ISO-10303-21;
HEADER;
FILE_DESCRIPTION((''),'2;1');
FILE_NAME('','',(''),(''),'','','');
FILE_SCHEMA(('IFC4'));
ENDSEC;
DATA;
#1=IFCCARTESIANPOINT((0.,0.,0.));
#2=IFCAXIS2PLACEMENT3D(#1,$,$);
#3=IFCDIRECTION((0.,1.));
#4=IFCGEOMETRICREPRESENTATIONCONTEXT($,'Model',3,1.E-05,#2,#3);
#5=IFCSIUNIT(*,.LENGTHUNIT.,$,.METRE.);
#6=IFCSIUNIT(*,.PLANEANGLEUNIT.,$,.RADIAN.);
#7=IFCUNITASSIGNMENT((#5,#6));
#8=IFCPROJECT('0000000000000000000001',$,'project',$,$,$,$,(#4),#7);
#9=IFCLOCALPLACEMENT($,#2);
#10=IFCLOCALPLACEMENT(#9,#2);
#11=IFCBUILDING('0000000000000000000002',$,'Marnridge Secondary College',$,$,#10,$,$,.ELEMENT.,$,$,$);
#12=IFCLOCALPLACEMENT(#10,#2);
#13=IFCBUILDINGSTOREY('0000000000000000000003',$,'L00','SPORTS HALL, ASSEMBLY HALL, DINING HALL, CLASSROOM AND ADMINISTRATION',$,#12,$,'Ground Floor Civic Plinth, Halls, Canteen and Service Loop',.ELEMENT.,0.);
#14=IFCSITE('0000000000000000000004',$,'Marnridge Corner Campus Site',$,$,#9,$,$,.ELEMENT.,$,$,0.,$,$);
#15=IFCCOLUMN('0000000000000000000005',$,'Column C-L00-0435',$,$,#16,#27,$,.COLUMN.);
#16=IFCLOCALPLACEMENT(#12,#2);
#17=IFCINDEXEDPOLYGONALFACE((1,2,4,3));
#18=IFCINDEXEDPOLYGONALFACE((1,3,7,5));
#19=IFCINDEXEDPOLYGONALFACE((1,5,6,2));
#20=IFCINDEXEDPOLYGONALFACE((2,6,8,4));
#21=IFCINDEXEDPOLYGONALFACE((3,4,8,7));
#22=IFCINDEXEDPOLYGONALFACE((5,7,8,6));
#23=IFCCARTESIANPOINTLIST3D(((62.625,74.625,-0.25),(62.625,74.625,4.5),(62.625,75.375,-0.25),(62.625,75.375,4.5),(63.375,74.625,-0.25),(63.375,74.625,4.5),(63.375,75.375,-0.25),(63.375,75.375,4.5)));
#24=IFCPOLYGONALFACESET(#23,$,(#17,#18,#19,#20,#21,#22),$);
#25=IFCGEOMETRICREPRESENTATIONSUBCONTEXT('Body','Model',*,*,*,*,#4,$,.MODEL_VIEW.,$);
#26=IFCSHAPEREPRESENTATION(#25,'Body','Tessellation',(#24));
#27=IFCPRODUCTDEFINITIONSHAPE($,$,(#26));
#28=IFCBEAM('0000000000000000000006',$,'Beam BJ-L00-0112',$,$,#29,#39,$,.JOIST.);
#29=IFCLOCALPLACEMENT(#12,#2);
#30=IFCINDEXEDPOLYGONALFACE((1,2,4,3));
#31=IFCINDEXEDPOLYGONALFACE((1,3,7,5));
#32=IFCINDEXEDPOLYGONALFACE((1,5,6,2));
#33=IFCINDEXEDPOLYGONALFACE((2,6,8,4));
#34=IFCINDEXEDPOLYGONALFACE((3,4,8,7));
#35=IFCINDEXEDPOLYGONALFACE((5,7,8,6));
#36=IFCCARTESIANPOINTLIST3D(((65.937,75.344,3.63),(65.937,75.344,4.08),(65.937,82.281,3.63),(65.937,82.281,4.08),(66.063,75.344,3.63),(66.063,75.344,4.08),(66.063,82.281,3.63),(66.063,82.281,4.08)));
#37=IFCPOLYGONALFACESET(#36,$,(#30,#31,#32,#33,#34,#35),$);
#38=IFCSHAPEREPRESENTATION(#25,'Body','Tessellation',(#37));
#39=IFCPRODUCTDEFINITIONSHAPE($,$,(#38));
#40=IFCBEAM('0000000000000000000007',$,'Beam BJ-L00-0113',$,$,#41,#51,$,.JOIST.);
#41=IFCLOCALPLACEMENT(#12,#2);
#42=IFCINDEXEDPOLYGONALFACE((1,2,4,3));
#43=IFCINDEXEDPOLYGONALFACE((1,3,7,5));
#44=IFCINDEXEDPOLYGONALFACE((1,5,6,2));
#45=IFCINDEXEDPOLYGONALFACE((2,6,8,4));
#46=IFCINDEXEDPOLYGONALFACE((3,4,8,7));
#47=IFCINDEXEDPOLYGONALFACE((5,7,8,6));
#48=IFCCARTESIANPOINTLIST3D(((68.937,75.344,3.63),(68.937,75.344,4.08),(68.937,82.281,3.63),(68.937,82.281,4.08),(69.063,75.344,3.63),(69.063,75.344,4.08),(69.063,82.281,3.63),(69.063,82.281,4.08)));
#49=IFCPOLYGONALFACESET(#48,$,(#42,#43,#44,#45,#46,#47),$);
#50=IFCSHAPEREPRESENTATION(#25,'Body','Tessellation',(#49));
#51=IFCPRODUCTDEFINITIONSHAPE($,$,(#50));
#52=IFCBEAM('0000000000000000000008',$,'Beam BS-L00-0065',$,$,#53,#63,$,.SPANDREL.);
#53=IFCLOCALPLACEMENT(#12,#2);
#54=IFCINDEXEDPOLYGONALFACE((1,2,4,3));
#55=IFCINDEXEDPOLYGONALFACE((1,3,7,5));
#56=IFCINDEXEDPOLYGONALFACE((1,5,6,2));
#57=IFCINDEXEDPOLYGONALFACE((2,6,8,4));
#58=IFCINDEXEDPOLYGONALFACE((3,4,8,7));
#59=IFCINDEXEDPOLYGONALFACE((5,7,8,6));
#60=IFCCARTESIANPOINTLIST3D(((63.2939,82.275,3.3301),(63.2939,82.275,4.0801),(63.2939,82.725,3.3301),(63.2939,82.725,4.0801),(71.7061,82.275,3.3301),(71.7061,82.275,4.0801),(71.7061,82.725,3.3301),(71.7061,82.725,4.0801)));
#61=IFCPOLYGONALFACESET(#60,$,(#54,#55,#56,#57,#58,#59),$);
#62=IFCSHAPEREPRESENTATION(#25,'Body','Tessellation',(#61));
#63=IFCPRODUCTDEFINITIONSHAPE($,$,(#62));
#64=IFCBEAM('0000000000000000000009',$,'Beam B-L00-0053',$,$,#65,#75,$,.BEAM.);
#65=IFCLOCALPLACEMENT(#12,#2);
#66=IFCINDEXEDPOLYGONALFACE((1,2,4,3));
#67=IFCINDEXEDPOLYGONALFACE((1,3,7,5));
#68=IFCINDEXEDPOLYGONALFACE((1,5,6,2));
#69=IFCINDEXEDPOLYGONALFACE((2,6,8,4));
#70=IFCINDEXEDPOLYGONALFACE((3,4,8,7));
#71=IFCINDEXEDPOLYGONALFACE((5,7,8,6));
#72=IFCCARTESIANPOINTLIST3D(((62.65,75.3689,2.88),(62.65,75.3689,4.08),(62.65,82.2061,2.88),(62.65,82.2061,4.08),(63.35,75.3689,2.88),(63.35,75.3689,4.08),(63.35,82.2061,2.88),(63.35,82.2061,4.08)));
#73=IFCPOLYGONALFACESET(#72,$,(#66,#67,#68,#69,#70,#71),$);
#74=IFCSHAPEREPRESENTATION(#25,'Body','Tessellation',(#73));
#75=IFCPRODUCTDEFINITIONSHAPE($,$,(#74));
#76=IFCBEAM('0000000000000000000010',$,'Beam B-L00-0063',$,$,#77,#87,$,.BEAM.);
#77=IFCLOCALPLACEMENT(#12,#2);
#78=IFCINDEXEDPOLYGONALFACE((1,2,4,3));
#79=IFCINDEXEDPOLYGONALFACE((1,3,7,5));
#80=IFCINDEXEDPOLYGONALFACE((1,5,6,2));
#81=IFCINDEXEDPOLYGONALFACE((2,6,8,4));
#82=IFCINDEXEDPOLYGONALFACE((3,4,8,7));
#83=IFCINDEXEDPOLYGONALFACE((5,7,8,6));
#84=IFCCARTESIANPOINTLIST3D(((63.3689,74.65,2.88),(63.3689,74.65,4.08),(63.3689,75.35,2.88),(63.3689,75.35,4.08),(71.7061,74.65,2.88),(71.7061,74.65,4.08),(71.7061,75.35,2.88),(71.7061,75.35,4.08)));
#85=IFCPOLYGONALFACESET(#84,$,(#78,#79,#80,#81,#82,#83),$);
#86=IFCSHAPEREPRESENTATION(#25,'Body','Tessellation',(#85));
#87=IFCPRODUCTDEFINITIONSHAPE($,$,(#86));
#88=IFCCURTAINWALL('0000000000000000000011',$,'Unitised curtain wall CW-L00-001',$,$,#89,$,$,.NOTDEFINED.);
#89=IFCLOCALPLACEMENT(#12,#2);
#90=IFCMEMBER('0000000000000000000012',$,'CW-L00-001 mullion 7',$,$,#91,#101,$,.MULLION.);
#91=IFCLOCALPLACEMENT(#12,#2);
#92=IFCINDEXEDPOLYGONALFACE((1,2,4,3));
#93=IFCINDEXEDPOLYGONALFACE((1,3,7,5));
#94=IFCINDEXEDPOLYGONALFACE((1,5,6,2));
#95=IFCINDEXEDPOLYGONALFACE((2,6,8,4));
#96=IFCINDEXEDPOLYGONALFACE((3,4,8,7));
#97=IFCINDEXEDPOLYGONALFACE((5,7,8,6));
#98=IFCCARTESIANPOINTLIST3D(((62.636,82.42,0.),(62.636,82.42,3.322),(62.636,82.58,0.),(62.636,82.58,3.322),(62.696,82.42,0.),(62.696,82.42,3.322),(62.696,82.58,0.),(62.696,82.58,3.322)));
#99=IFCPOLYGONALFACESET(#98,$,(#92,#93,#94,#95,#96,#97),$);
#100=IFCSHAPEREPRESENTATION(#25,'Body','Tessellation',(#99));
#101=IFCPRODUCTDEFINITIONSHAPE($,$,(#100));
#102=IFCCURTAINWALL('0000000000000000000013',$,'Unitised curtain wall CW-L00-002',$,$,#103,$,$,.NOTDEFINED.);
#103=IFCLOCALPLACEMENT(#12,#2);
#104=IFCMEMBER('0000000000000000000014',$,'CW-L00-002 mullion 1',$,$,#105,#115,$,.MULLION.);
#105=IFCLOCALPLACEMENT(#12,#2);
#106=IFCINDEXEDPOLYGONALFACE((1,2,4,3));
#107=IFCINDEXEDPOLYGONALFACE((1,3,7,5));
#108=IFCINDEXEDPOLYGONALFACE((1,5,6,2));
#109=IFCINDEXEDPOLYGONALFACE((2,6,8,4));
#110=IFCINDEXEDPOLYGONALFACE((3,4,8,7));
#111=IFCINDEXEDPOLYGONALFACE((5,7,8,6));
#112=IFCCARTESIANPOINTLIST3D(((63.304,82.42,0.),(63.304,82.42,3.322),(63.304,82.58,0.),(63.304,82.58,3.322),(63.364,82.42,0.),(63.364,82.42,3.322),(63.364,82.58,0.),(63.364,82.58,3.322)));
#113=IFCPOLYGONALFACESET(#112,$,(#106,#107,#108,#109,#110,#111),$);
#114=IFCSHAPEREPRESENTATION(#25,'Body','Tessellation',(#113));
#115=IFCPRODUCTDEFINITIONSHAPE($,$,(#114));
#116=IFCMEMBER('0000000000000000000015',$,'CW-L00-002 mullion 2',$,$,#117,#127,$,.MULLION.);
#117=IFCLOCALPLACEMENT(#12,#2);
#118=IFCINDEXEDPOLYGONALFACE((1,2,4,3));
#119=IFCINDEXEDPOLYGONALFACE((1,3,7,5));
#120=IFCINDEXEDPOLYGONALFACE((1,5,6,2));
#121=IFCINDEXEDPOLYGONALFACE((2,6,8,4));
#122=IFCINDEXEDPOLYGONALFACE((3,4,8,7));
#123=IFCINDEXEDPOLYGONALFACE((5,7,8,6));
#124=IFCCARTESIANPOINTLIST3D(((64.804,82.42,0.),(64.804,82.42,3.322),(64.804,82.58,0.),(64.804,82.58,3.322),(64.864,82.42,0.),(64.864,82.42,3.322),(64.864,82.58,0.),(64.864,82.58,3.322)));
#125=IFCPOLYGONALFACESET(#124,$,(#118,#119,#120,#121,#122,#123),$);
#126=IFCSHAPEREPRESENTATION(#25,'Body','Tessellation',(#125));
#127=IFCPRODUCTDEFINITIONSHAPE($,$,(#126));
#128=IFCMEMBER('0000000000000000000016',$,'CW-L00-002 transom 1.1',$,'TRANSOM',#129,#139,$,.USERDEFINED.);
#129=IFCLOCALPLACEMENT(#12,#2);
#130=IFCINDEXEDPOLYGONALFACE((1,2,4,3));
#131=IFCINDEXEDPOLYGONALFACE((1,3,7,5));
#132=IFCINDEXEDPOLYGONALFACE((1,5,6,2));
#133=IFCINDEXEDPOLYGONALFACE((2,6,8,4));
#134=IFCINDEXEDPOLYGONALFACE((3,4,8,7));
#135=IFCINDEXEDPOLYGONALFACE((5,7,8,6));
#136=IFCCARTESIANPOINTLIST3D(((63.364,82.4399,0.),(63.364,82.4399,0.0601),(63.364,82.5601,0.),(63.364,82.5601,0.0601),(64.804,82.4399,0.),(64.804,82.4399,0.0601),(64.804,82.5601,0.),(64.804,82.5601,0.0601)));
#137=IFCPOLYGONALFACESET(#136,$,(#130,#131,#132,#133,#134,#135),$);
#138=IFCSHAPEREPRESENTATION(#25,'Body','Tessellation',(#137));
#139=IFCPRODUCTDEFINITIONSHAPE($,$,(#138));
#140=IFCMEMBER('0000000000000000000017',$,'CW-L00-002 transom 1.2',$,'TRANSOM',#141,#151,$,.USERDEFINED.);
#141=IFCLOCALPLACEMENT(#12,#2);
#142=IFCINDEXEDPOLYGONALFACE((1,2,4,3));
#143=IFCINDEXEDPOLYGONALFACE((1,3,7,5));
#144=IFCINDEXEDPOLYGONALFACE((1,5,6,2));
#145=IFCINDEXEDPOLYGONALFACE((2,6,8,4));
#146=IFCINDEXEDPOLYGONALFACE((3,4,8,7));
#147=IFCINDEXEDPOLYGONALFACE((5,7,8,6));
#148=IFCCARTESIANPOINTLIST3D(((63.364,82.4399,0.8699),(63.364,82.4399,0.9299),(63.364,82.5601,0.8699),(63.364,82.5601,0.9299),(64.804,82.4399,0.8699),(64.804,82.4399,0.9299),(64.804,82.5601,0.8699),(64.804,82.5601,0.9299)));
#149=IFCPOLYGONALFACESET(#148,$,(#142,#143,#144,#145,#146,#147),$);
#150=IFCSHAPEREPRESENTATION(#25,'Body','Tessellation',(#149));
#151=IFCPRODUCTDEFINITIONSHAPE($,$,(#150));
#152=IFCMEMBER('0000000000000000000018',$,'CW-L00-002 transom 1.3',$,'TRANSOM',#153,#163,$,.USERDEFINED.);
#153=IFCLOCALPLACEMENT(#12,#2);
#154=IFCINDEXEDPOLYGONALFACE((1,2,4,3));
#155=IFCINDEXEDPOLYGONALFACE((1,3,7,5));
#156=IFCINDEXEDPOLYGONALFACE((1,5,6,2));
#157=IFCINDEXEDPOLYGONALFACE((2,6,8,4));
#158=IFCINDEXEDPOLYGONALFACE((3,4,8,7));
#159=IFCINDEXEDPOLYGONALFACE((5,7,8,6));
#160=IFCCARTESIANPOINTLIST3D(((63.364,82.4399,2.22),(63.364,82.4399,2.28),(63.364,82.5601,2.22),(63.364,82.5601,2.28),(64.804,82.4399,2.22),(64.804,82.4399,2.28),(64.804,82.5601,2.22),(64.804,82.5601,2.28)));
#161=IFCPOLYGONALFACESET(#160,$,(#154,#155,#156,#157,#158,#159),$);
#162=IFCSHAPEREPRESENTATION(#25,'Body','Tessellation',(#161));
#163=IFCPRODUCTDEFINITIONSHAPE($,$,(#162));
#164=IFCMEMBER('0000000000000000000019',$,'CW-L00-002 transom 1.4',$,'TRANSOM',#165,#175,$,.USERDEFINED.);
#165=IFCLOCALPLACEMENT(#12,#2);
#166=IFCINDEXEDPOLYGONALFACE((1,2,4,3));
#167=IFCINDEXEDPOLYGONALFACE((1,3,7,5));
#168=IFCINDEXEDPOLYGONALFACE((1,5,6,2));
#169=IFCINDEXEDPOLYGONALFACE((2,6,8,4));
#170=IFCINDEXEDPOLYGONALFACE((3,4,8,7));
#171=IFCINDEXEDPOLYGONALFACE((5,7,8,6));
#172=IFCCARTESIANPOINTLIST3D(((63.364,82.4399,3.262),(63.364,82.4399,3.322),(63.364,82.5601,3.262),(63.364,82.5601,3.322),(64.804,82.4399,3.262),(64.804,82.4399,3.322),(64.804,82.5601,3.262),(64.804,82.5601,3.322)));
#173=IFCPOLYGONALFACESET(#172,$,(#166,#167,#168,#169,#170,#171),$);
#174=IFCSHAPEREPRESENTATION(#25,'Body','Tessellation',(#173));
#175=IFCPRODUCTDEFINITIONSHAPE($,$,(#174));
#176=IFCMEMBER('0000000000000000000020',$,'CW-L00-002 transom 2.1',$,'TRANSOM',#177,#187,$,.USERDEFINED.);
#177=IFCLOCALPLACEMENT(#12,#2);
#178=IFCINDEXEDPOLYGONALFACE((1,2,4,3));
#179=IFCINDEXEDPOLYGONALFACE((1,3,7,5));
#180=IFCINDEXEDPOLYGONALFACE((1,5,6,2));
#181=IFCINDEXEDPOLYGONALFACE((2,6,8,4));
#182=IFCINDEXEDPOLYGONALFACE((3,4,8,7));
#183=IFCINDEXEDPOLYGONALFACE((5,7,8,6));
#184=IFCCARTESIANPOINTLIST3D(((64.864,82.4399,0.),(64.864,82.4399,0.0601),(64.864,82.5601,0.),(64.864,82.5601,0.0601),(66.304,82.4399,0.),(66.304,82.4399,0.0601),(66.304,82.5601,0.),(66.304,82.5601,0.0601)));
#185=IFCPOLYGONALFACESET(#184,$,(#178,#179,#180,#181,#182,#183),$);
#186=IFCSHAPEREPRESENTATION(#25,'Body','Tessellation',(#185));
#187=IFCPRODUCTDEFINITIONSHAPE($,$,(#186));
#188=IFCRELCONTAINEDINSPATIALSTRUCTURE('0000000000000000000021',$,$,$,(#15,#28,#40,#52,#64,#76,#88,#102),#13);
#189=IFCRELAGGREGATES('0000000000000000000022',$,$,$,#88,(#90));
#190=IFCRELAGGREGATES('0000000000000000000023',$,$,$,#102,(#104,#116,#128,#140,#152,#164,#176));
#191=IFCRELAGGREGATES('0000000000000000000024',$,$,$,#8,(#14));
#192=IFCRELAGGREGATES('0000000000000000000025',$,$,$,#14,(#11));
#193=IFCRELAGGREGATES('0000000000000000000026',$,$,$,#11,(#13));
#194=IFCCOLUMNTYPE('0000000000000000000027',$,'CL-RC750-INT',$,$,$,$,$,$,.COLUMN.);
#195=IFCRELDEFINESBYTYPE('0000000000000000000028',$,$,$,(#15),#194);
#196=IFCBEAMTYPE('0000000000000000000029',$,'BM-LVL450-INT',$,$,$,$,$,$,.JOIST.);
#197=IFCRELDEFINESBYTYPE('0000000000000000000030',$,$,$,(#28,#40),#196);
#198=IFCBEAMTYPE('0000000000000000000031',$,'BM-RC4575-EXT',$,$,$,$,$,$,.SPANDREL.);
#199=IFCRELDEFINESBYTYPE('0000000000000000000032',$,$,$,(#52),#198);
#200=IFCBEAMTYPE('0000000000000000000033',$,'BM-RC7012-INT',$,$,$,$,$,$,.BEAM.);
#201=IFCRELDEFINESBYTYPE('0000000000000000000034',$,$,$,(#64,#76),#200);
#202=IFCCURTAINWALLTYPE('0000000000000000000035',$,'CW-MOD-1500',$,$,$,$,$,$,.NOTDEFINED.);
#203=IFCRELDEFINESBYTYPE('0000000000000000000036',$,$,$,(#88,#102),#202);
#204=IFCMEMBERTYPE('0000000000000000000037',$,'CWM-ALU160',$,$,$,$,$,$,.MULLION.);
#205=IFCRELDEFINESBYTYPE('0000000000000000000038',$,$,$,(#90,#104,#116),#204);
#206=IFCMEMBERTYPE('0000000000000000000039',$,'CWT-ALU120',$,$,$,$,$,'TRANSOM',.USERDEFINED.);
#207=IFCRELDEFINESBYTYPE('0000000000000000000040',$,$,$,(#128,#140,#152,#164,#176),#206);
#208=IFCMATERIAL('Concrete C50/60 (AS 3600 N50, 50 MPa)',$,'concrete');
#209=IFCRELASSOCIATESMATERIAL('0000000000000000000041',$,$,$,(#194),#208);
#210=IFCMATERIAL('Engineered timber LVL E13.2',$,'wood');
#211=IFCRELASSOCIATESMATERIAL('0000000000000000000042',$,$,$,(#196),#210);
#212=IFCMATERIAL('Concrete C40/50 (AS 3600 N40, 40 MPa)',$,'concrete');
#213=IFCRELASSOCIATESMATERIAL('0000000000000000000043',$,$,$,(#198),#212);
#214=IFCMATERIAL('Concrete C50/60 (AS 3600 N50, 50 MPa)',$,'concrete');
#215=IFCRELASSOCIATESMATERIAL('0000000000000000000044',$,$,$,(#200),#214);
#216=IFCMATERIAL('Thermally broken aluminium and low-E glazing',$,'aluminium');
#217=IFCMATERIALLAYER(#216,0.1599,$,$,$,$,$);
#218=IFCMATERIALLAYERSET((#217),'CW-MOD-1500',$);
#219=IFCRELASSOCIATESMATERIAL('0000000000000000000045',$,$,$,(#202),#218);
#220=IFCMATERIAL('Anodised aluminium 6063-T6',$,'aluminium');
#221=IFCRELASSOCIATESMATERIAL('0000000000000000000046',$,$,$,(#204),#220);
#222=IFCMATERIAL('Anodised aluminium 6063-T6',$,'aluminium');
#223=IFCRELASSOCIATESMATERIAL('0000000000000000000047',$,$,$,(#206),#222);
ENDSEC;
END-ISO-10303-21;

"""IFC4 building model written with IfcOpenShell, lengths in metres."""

from ifc_helpers import new_model, si_unit, direction, frame, origin, origin_2d, place, context, subcontext, project, spatial, rectangle, extrude, material, layer, layer_set, material_profile, profile_set, type_object, element, aggregate, save


model = new_model("IFC4")

# Units and contexts
model_context = context("Model", 3, precision=1e-05, world=origin(), true_north=direction((0.0, 1.0)))
body_context = subcontext(model_context, "Body", "Model", "MODEL_VIEW")
ifc_project = project(units=[si_unit("LENGTHUNIT", "METRE"), si_unit("PLANEANGLEUNIT", "RADIAN")], contexts=[model_context])

# Site, building, storey
site_placement = place(None, origin())
site = spatial("IfcSite", under=ifc_project, at=site_placement, Name="Marnridge Corner Campus Site", CompositionType="ELEMENT", RefElevation=0.0)
building_placement = place(site_placement, origin())
building = spatial("IfcBuilding", under=site, at=building_placement, Name="Marnridge Secondary College", CompositionType="ELEMENT")
storey_placement = place(building_placement, origin())
storey = spatial("IfcBuildingStorey", under=building, at=storey_placement, Name="L00", Description="SPORTS HALL, ASSEMBLY HALL, DINING HALL, CLASSROOM AND ADMINISTRATION", LongName="Ground Floor Civic Plinth, Halls, Canteen and Service Loop", CompositionType="ELEMENT", Elevation=0.0)

# Column
ifc_material_1 = material(Name="Concrete C50/60 (AS 3600 N50, 50 MPa)", Category="concrete")
ifc_material_profile_1 = material_profile(ifc_material_1, rectangle(XDim=0.75, YDim=0.75, at=origin_2d()), Name="RC 750x750")
ifc_profile_set_1 = profile_set([ifc_material_profile_1], Name="Concrete C50/60 (AS 3600 N50, 50 MPa)")
column_type_1 = type_object("IfcColumnType", Name="CL-RC750-INT", PredefinedType="COLUMN", material=ifc_profile_set_1)
column_1_placement = place(storey_placement, frame((63.0, 75.0, -0.25), z_axis=(0.0, 0.0, 1.0), x_axis=(1.0, 0.0, 0.0)))
element("IfcColumn", 1, at=column_1_placement, inside=storey, type_object=column_type_1, Name="Column C-L00-0435", PredefinedType="COLUMN", context=body_context, shape_type="SweptSolid", body=[
    extrude(rectangle(XDim=0.75, YDim=0.75, at=origin_2d()), origin(), (0.0, 0.0, 1.0), 4.75),
])

# Beams
ifc_material_2 = material(Name="Engineered timber LVL E13.2", Category="wood")
ifc_material_profile_2 = material_profile(ifc_material_2, rectangle(XDim=0.126, YDim=0.45, at=origin_2d()), Name="LVL 126x450")
ifc_profile_set_2 = profile_set([ifc_material_profile_2], Name="Engineered timber LVL E13.2")
beam_type_1 = type_object("IfcBeamType", Name="BM-LVL450-INT", PredefinedType="JOIST", material=ifc_profile_set_2)
for number, where, z_axis, x_axis, name in (
    (2, (66.0, 75.344, 3.855), (0.0, 1.0, 0.0), (-1.0, 0.0, 0.0), "Beam BJ-L00-0112"),
    (3, (69.0, 75.344, 3.855), (0.0, 1.0, 0.0), (-1.0, 0.0, 0.0), "Beam BJ-L00-0113"),
):
    element("IfcBeam", number, at=place(storey_placement, frame(where, z_axis=z_axis, x_axis=x_axis)), inside=storey, type_object=beam_type_1, Name=name, PredefinedType="JOIST", context=body_context, shape_type="SweptSolid", body=[
        extrude(rectangle(XDim=0.126, YDim=0.45, at=origin_2d()), origin(), (0.0, 0.0, 1.0), 6.937),
    ])
ifc_material_3 = material(Name="Concrete C40/50 (AS 3600 N40, 40 MPa)", Category="concrete")
ifc_material_profile_3 = material_profile(ifc_material_3, rectangle(XDim=0.45, YDim=0.75, at=origin_2d()), Name="RC 450x750")
ifc_profile_set_3 = profile_set([ifc_material_profile_3], Name="Concrete C40/50 (AS 3600 N40, 40 MPa)")
beam_type_2 = type_object("IfcBeamType", Name="BM-RC4575-EXT", PredefinedType="SPANDREL", material=ifc_profile_set_3)
beam_1_placement = place(storey_placement, frame((63.2939, 82.5, 3.7051), z_axis=(1.0, 0.0, 0.0), x_axis=(0.0, 1.0, 0.0)))
element("IfcBeam", 4, at=beam_1_placement, inside=storey, type_object=beam_type_2, Name="Beam BS-L00-0065", PredefinedType="SPANDREL", context=body_context, shape_type="SweptSolid", body=[
    extrude(rectangle(XDim=0.45, YDim=0.75, at=origin_2d()), origin(), (0.0, 0.0, 1.0), 8.4121),
])
ifc_material_4 = material(Name="Concrete C50/60 (AS 3600 N50, 50 MPa)", Category="concrete")
ifc_material_profile_4 = material_profile(ifc_material_4, rectangle(XDim=0.7, YDim=1.2, at=origin_2d()), Name="RC 700x1200")
ifc_profile_set_4 = profile_set([ifc_material_profile_4], Name="Concrete C50/60 (AS 3600 N50, 50 MPa)")
beam_type_3 = type_object("IfcBeamType", Name="BM-RC7012-INT", PredefinedType="BEAM", material=ifc_profile_set_4)
beam_2_placement = place(storey_placement, frame((63.0, 75.3689, 3.48), z_axis=(0.0, 1.0, 0.0), x_axis=(-1.0, 0.0, 0.0)))
element("IfcBeam", 5, at=beam_2_placement, inside=storey, type_object=beam_type_3, Name="Beam B-L00-0053", PredefinedType="BEAM", context=body_context, shape_type="SweptSolid", body=[
    extrude(rectangle(XDim=0.7, YDim=1.2, at=origin_2d()), origin(), (0.0, 0.0, 1.0), 6.8372),
])
beam_3_placement = place(storey_placement, frame((63.3689, 75.0, 3.48), z_axis=(1.0, 0.0, 0.0), x_axis=(0.0, 1.0, 0.0)))
element("IfcBeam", 6, at=beam_3_placement, inside=storey, type_object=beam_type_3, Name="Beam B-L00-0063", PredefinedType="BEAM", context=body_context, shape_type="SweptSolid", body=[
    extrude(rectangle(XDim=0.7, YDim=1.2, at=origin_2d()), origin(), (0.0, 0.0, 1.0), 8.3372),
])

# Curtain wall, member
ifc_material_5 = material(Name="Thermally broken aluminium and low-E glazing", Category="aluminium")
ifc_layer_1 = layer(ifc_material_5, 0.1599)
ifc_layer_set_1 = layer_set([ifc_layer_1], Name="CW-MOD-1500")
curtain_wall_type = type_object("IfcCurtainWallType", Name="CW-MOD-1500", PredefinedType="NOTDEFINED", material=ifc_layer_set_1)
curtain_wall_1_placement = place(storey_placement, origin())
curtain_wall_1 = element("IfcCurtainWall", 7, at=curtain_wall_1_placement, inside=storey, type_object=curtain_wall_type, Name="Unitised curtain wall CW-L00-001", PredefinedType="NOTDEFINED")
ifc_material_6 = material(Name="Anodised aluminium 6063-T6", Category="aluminium")
ifc_material_profile_5 = material_profile(ifc_material_6, rectangle(XDim=0.0601, YDim=0.1599, at=origin_2d()), Name="ALU 60x160")
ifc_profile_set_5 = profile_set([ifc_material_profile_5], Name="Anodised aluminium 6063-T6")
member_type_1 = type_object("IfcMemberType", Name="CWM-ALU160", PredefinedType="MULLION", material=ifc_profile_set_5)
member_1_placement = place(storey_placement, frame((62.666, 82.5, 0.0), z_axis=(0.0, 0.0, 1.0), x_axis=(1.0, 0.0, 0.0)))
member_1 = element("IfcMember", 8, at=member_1_placement, type_object=member_type_1, Name="CW-L00-001 mullion 7", PredefinedType="MULLION", context=body_context, shape_type="SweptSolid", body=[
    extrude(rectangle(XDim=0.0601, YDim=0.1599, at=origin_2d()), origin(), (0.0, 0.0, 1.0), 3.322),
])

# Curtain wall, members
curtain_wall_2_placement = place(storey_placement, origin())
curtain_wall_2 = element("IfcCurtainWall", 9, at=curtain_wall_2_placement, inside=storey, type_object=curtain_wall_type, Name="Unitised curtain wall CW-L00-002", PredefinedType="NOTDEFINED")
member_2_placement = place(storey_placement, frame((63.334, 82.5, 0.0), z_axis=(0.0, 0.0, 1.0), x_axis=(1.0, 0.0, 0.0)))
member_2 = element("IfcMember", 10, at=member_2_placement, type_object=member_type_1, Name="CW-L00-002 mullion 1", PredefinedType="MULLION", context=body_context, shape_type="SweptSolid", body=[
    extrude(rectangle(XDim=0.0601, YDim=0.1599, at=origin_2d()), origin(), (0.0, 0.0, 1.0), 3.322),
])
member_3_placement = place(storey_placement, frame((64.834, 82.5, 0.0), z_axis=(0.0, 0.0, 1.0), x_axis=(1.0, 0.0, 0.0)))
member_3 = element("IfcMember", 11, at=member_3_placement, type_object=member_type_1, Name="CW-L00-002 mullion 2", PredefinedType="MULLION", context=body_context, shape_type="SweptSolid", body=[
    extrude(rectangle(XDim=0.0601, YDim=0.1599, at=origin_2d()), origin(), (0.0, 0.0, 1.0), 3.322),
])
ifc_material_7 = material(Name="Anodised aluminium 6063-T6", Category="aluminium")
ifc_material_profile_6 = material_profile(ifc_material_7, rectangle(XDim=0.0601, YDim=0.1201, at=origin_2d()), Name="ALU 60x120")
ifc_profile_set_6 = profile_set([ifc_material_profile_6], Name="Anodised aluminium 6063-T6")
member_type_2 = type_object("IfcMemberType", Name="CWT-ALU120", ElementType="TRANSOM", PredefinedType="USERDEFINED", material=ifc_profile_set_6)
member_4_placement = place(storey_placement, frame((63.364, 82.5, 0.03), z_axis=(1.0, 0.0, 0.0), x_axis=(0.0, 0.0, 1.0)))
member_4 = element("IfcMember", 12, at=member_4_placement, type_object=member_type_2, Name="CW-L00-002 transom 1.1", ObjectType="TRANSOM", PredefinedType="USERDEFINED", context=body_context, shape_type="SweptSolid", body=[
    extrude(rectangle(XDim=0.0601, YDim=0.1201, at=origin_2d()), origin(), (0.0, 0.0, 1.0), 1.4399),
])
member_5_placement = place(storey_placement, frame((63.364, 82.5, 0.8999), z_axis=(1.0, 0.0, 0.0), x_axis=(0.0, 0.0, 1.0)))
member_5 = element("IfcMember", 13, at=member_5_placement, type_object=member_type_2, Name="CW-L00-002 transom 1.2", ObjectType="TRANSOM", PredefinedType="USERDEFINED", context=body_context, shape_type="SweptSolid", body=[
    extrude(rectangle(XDim=0.0601, YDim=0.1201, at=origin_2d()), origin(), (0.0, 0.0, 1.0), 1.4399),
])
member_6_placement = place(storey_placement, frame((63.364, 82.5, 2.25), z_axis=(1.0, 0.0, 0.0), x_axis=(0.0, 0.0, 1.0)))
member_6 = element("IfcMember", 14, at=member_6_placement, type_object=member_type_2, Name="CW-L00-002 transom 1.3", ObjectType="TRANSOM", PredefinedType="USERDEFINED", context=body_context, shape_type="SweptSolid", body=[
    extrude(rectangle(XDim=0.0601, YDim=0.1201, at=origin_2d()), origin(), (0.0, 0.0, 1.0), 1.4399),
])
member_7_placement = place(storey_placement, frame((63.364, 82.5, 3.292), z_axis=(1.0, 0.0, 0.0), x_axis=(0.0, 0.0, 1.0)))
member_7 = element("IfcMember", 15, at=member_7_placement, type_object=member_type_2, Name="CW-L00-002 transom 1.4", ObjectType="TRANSOM", PredefinedType="USERDEFINED", context=body_context, shape_type="SweptSolid", body=[
    extrude(rectangle(XDim=0.0601, YDim=0.1201, at=origin_2d()), origin(), (0.0, 0.0, 1.0), 1.4399),
])
member_8_placement = place(storey_placement, frame((64.864, 82.5, 0.03), z_axis=(1.0, 0.0, 0.0), x_axis=(0.0, 0.0, 1.0)))
member_8 = element("IfcMember", 16, at=member_8_placement, type_object=member_type_2, Name="CW-L00-002 transom 2.1", ObjectType="TRANSOM", PredefinedType="USERDEFINED", context=body_context, shape_type="SweptSolid", body=[
    extrude(rectangle(XDim=0.0601, YDim=0.1201, at=origin_2d()), origin(), (0.0, 0.0, 1.0), 1.4399),
])

aggregate(curtain_wall_1, [member_1])
aggregate(curtain_wall_2, [member_2, member_3, member_4, member_5, member_6, member_7, member_8])

save(model, "model.ifc")
